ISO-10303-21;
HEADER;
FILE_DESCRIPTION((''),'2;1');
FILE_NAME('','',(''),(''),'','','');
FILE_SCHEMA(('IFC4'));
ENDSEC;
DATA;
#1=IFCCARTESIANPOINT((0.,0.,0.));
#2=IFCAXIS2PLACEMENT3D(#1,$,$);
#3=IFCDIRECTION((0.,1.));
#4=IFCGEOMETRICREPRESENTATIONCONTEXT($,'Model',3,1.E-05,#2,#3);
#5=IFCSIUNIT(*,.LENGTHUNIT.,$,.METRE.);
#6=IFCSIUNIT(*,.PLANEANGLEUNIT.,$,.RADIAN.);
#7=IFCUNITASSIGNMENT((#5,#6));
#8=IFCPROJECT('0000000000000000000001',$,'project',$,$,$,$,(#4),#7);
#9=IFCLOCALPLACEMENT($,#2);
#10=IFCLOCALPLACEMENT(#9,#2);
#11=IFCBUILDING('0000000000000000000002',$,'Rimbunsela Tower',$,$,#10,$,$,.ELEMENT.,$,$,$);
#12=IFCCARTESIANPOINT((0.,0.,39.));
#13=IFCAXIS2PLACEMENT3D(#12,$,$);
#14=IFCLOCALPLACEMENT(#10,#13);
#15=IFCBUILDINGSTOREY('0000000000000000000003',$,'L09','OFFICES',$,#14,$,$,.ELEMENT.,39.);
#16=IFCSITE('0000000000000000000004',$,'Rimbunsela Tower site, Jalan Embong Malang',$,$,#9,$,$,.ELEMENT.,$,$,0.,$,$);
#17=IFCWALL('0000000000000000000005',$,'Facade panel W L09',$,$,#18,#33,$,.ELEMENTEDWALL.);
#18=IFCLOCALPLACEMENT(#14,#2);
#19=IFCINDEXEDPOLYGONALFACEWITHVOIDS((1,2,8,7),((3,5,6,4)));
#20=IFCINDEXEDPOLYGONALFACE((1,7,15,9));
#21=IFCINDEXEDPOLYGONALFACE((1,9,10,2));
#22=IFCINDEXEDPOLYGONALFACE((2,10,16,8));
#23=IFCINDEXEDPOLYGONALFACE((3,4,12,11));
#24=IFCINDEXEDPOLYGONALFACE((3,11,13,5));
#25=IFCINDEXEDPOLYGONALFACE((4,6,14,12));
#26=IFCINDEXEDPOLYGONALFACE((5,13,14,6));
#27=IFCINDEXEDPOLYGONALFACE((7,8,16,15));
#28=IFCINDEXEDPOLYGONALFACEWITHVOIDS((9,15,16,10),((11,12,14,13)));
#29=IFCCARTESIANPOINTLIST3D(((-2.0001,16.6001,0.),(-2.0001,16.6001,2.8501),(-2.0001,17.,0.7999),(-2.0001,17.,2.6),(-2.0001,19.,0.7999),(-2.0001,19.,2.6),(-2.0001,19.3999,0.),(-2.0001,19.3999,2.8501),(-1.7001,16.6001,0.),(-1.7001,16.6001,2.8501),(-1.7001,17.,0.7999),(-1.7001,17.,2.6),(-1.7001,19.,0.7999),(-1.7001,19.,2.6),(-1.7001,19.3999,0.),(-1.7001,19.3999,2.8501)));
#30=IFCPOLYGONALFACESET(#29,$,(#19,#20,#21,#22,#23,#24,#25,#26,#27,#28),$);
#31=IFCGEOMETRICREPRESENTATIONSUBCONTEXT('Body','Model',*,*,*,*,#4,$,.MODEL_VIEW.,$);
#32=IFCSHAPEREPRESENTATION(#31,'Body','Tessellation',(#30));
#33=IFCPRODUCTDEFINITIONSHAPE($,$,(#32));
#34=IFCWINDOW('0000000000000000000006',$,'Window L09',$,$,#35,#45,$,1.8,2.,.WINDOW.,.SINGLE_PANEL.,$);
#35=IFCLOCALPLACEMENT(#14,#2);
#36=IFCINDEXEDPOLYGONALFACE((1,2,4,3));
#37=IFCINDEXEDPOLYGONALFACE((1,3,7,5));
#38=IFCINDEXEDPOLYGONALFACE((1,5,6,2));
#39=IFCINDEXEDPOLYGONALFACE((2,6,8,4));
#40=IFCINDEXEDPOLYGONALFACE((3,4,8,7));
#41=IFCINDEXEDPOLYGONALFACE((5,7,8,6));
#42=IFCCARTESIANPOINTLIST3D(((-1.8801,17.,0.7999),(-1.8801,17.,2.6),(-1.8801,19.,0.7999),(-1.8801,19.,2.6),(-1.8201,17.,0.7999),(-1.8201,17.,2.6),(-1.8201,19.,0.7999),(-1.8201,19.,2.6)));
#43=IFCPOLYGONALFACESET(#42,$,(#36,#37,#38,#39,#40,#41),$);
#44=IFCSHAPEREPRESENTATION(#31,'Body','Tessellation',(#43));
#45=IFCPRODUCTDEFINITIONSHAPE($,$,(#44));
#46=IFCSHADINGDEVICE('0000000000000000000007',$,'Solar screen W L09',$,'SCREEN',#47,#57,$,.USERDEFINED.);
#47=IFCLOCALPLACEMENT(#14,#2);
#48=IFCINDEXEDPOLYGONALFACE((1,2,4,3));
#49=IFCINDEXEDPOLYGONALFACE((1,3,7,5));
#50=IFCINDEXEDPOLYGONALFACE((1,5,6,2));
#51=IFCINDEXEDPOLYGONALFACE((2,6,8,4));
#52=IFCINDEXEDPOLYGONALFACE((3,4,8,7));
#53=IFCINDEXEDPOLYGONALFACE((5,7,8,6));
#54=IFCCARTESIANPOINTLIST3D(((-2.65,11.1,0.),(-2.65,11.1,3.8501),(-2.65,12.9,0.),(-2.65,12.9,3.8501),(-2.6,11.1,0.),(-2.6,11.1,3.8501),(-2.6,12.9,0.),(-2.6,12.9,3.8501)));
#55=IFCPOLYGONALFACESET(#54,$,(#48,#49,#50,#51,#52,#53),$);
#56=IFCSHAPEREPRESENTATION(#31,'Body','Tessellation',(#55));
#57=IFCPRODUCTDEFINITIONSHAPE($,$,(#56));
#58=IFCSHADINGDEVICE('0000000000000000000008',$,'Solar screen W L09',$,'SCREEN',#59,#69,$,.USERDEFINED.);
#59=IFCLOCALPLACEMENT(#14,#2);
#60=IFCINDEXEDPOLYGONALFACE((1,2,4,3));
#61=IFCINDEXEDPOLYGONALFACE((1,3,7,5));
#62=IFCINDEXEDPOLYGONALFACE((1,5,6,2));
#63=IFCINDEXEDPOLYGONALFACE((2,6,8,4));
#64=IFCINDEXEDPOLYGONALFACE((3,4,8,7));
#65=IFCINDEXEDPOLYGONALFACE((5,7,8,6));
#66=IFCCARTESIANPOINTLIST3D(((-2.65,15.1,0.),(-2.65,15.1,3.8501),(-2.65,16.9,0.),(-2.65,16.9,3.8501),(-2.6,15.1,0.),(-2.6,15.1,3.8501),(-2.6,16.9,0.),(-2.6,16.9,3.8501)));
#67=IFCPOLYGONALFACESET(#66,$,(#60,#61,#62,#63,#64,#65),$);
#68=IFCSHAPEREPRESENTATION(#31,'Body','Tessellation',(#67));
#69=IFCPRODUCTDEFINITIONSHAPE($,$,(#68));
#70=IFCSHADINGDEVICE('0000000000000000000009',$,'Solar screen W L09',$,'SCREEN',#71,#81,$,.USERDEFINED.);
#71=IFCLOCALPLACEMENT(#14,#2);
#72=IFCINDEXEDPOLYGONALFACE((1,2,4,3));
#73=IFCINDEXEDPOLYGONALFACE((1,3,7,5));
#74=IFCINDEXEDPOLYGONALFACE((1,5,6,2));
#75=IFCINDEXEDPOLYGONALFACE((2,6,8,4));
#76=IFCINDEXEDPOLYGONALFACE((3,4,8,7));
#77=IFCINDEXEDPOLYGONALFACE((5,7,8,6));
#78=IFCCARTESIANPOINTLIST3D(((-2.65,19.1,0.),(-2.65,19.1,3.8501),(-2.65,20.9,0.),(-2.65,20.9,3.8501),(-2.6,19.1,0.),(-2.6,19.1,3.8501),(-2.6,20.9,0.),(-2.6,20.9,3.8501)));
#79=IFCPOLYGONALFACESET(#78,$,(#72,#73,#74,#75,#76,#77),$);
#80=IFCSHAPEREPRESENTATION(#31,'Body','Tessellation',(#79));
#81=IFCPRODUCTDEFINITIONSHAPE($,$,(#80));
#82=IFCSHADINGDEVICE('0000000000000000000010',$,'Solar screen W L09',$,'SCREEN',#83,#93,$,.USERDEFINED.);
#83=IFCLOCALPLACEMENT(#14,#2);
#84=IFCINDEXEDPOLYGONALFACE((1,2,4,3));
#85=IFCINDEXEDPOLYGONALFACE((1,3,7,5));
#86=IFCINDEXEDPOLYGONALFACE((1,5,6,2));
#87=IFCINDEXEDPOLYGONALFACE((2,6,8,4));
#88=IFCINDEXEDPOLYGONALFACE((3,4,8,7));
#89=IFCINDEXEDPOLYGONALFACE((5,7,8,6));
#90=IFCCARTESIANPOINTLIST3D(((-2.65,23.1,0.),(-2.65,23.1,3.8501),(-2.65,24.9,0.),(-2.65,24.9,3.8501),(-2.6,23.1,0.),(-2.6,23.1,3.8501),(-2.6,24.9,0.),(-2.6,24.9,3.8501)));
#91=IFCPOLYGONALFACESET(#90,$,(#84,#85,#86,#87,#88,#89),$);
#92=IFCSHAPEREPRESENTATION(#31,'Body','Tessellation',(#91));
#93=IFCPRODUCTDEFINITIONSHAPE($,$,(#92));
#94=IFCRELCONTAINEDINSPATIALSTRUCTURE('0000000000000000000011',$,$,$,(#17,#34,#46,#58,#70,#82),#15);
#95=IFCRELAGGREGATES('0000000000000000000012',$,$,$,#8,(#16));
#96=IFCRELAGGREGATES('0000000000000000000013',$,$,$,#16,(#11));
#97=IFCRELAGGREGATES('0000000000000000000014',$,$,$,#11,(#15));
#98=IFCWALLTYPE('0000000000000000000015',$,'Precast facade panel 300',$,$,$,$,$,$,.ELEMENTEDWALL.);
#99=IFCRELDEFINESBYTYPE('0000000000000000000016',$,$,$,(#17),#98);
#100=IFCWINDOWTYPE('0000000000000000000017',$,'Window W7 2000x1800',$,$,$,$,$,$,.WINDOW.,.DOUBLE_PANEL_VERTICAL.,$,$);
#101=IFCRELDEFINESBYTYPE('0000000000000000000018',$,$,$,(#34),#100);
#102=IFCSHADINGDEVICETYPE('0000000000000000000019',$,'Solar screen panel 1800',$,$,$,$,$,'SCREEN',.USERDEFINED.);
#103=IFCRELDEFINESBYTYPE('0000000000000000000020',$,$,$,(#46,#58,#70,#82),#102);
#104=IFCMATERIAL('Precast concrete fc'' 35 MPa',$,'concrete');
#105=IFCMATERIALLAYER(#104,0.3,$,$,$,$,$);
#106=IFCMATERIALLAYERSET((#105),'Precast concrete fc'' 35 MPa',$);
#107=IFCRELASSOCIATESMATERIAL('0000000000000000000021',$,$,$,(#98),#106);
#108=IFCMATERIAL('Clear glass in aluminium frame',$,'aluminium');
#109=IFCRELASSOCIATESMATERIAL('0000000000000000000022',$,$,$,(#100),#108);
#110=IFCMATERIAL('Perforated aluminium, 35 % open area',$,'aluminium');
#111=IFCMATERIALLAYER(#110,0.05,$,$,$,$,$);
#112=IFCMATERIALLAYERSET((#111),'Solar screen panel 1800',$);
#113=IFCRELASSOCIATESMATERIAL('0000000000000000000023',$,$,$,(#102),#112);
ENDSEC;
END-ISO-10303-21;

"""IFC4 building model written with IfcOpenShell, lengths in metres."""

from ifc_helpers import new_model, si_unit, direction, frame, frame_2d, origin, origin_2d, place, context, subcontext, project, spatial, rectangle, extrude, material, layer, layer_set, type_object, element, fill, save


model = new_model("IFC4")

# Units and contexts
model_context = context("Model", 3, precision=1e-05, world=origin(), true_north=direction((0.0, 1.0)))
body_context = subcontext(model_context, "Body", "Model", "MODEL_VIEW")
ifc_project = project(units=[si_unit("LENGTHUNIT", "METRE"), si_unit("PLANEANGLEUNIT", "RADIAN")], contexts=[model_context])

# Site, building, storey
site_placement = place(None, origin())
site = spatial("IfcSite", under=ifc_project, at=site_placement, Name="Rimbunsela Tower site, Jalan Embong Malang", CompositionType="ELEMENT", RefElevation=0.0)
building_placement = place(site_placement, origin())
building = spatial("IfcBuilding", under=site, at=building_placement, Name="Rimbunsela Tower", CompositionType="ELEMENT")
storey_placement = place(building_placement, frame((0.0, 0.0, 39.0)))
storey = spatial("IfcBuildingStorey", under=building, at=storey_placement, Name="L09", Description="OFFICES", CompositionType="ELEMENT", Elevation=39.0)

# Wall, opening, window
ifc_material_1 = material(Name="Precast concrete fc' 35 MPa", Category="concrete")
ifc_layer_1 = layer(ifc_material_1, 0.3)
ifc_layer_set_1 = layer_set([ifc_layer_1], Name="Precast concrete fc' 35 MPa")
wall_type = type_object("IfcWallType", Name="Precast facade panel 300", PredefinedType="ELEMENTEDWALL", material=ifc_layer_set_1)
ifc_material_2 = material(Name="Clear glass in aluminium frame", Category="aluminium")
window_type = type_object("IfcWindowType", Name="Window W7 2000x1800", PartitioningType="DOUBLE_PANEL_VERTICAL", PredefinedType="WINDOW", material=ifc_material_2)
wall_1_placement = place(storey_placement, frame((-1.8501, 19.3999, 0.0), z_axis=(0.0, 0.0, 1.0), x_axis=(0.0, -1.0, 0.0)))
wall_1 = element("IfcWall", 1, at=wall_1_placement, inside=storey, type_object=wall_type, Name="Facade panel W L09", PredefinedType="ELEMENTEDWALL", context=body_context, shape_type="SweptSolid", body=[
    extrude(rectangle(XDim=2.7998, YDim=0.3, at=frame_2d((1.3999, 0.0))), origin(), (0.0, 0.0, 1.0), 2.8501),
])
opening_1_placement = place(wall_1_placement, frame((0.3999, 0.0, 0.8)))
opening_1 = element("IfcOpeningElement", 2, at=opening_1_placement, cuts=wall_1, PredefinedType="OPENING", context=body_context, shape_type="SweptSolid", body=[
    extrude(rectangle(XDim=2.0, YDim=1.8, at=frame_2d((1.0, 0.8999))), frame((0.0, 0.1599, 0.0), z_axis=(0.0, -1.0, 0.0), x_axis=(1.0, 0.0, 0.0)), (0.0, 0.0, 1.0), 0.3201),
])
window_1_placement = place(opening_1_placement, origin())
window_1 = element("IfcWindow", 3, at=window_1_placement, inside=storey, type_object=window_type, Name="Window L09", OverallHeight=1.8, OverallWidth=2.0, PartitioningType="SINGLE_PANEL", PredefinedType="WINDOW", context=body_context, shape_type="SweptSolid", body=[
    extrude(rectangle(XDim=2.0, YDim=1.8, at=frame_2d((1.0, 0.8999))), frame((0.0, 0.03, 0.0), z_axis=(0.0, -1.0, 0.0), x_axis=(1.0, 0.0, 0.0)), (0.0, 0.0, 1.0), 0.0601),
])
fill(opening_1, window_1)

# Shading devices
ifc_material_3 = material(Name="Perforated aluminium, 35 % open area", Category="aluminium")
ifc_layer_2 = layer(ifc_material_3, 0.05)
ifc_layer_set_2 = layer_set([ifc_layer_2], Name="Solar screen panel 1800")
shading_device_type = type_object("IfcShadingDeviceType", Name="Solar screen panel 1800", ElementType="SCREEN", PredefinedType="USERDEFINED", material=ifc_layer_set_2)
for number, where, z_axis, x_axis, name in (
    (4, (-2.625, 12.0, 0.0), (0.0, 0.0, 1.0), (0.0, 1.0, 0.0), "Solar screen W L09"),
    (5, (-2.625, 16.0, 0.0), (0.0, 0.0, 1.0), (0.0, 1.0, 0.0), "Solar screen W L09"),
    (6, (-2.625, 20.0, 0.0), (0.0, 0.0, 1.0), (0.0, 1.0, 0.0), "Solar screen W L09"),
    (7, (-2.625, 24.0, 0.0), (0.0, 0.0, 1.0), (0.0, 1.0, 0.0), "Solar screen W L09"),
):
    element("IfcShadingDevice", number, at=place(storey_placement, frame(where, z_axis=z_axis, x_axis=x_axis)), inside=storey, type_object=shading_device_type, Name=name, ObjectType="SCREEN", PredefinedType="USERDEFINED", context=body_context, shape_type="SweptSolid", body=[
        extrude(rectangle(XDim=1.8, YDim=0.05, at=origin_2d()), origin(), (0.0, 0.0, 1.0), 3.8501),
    ])

save(model, "model.ifc")
